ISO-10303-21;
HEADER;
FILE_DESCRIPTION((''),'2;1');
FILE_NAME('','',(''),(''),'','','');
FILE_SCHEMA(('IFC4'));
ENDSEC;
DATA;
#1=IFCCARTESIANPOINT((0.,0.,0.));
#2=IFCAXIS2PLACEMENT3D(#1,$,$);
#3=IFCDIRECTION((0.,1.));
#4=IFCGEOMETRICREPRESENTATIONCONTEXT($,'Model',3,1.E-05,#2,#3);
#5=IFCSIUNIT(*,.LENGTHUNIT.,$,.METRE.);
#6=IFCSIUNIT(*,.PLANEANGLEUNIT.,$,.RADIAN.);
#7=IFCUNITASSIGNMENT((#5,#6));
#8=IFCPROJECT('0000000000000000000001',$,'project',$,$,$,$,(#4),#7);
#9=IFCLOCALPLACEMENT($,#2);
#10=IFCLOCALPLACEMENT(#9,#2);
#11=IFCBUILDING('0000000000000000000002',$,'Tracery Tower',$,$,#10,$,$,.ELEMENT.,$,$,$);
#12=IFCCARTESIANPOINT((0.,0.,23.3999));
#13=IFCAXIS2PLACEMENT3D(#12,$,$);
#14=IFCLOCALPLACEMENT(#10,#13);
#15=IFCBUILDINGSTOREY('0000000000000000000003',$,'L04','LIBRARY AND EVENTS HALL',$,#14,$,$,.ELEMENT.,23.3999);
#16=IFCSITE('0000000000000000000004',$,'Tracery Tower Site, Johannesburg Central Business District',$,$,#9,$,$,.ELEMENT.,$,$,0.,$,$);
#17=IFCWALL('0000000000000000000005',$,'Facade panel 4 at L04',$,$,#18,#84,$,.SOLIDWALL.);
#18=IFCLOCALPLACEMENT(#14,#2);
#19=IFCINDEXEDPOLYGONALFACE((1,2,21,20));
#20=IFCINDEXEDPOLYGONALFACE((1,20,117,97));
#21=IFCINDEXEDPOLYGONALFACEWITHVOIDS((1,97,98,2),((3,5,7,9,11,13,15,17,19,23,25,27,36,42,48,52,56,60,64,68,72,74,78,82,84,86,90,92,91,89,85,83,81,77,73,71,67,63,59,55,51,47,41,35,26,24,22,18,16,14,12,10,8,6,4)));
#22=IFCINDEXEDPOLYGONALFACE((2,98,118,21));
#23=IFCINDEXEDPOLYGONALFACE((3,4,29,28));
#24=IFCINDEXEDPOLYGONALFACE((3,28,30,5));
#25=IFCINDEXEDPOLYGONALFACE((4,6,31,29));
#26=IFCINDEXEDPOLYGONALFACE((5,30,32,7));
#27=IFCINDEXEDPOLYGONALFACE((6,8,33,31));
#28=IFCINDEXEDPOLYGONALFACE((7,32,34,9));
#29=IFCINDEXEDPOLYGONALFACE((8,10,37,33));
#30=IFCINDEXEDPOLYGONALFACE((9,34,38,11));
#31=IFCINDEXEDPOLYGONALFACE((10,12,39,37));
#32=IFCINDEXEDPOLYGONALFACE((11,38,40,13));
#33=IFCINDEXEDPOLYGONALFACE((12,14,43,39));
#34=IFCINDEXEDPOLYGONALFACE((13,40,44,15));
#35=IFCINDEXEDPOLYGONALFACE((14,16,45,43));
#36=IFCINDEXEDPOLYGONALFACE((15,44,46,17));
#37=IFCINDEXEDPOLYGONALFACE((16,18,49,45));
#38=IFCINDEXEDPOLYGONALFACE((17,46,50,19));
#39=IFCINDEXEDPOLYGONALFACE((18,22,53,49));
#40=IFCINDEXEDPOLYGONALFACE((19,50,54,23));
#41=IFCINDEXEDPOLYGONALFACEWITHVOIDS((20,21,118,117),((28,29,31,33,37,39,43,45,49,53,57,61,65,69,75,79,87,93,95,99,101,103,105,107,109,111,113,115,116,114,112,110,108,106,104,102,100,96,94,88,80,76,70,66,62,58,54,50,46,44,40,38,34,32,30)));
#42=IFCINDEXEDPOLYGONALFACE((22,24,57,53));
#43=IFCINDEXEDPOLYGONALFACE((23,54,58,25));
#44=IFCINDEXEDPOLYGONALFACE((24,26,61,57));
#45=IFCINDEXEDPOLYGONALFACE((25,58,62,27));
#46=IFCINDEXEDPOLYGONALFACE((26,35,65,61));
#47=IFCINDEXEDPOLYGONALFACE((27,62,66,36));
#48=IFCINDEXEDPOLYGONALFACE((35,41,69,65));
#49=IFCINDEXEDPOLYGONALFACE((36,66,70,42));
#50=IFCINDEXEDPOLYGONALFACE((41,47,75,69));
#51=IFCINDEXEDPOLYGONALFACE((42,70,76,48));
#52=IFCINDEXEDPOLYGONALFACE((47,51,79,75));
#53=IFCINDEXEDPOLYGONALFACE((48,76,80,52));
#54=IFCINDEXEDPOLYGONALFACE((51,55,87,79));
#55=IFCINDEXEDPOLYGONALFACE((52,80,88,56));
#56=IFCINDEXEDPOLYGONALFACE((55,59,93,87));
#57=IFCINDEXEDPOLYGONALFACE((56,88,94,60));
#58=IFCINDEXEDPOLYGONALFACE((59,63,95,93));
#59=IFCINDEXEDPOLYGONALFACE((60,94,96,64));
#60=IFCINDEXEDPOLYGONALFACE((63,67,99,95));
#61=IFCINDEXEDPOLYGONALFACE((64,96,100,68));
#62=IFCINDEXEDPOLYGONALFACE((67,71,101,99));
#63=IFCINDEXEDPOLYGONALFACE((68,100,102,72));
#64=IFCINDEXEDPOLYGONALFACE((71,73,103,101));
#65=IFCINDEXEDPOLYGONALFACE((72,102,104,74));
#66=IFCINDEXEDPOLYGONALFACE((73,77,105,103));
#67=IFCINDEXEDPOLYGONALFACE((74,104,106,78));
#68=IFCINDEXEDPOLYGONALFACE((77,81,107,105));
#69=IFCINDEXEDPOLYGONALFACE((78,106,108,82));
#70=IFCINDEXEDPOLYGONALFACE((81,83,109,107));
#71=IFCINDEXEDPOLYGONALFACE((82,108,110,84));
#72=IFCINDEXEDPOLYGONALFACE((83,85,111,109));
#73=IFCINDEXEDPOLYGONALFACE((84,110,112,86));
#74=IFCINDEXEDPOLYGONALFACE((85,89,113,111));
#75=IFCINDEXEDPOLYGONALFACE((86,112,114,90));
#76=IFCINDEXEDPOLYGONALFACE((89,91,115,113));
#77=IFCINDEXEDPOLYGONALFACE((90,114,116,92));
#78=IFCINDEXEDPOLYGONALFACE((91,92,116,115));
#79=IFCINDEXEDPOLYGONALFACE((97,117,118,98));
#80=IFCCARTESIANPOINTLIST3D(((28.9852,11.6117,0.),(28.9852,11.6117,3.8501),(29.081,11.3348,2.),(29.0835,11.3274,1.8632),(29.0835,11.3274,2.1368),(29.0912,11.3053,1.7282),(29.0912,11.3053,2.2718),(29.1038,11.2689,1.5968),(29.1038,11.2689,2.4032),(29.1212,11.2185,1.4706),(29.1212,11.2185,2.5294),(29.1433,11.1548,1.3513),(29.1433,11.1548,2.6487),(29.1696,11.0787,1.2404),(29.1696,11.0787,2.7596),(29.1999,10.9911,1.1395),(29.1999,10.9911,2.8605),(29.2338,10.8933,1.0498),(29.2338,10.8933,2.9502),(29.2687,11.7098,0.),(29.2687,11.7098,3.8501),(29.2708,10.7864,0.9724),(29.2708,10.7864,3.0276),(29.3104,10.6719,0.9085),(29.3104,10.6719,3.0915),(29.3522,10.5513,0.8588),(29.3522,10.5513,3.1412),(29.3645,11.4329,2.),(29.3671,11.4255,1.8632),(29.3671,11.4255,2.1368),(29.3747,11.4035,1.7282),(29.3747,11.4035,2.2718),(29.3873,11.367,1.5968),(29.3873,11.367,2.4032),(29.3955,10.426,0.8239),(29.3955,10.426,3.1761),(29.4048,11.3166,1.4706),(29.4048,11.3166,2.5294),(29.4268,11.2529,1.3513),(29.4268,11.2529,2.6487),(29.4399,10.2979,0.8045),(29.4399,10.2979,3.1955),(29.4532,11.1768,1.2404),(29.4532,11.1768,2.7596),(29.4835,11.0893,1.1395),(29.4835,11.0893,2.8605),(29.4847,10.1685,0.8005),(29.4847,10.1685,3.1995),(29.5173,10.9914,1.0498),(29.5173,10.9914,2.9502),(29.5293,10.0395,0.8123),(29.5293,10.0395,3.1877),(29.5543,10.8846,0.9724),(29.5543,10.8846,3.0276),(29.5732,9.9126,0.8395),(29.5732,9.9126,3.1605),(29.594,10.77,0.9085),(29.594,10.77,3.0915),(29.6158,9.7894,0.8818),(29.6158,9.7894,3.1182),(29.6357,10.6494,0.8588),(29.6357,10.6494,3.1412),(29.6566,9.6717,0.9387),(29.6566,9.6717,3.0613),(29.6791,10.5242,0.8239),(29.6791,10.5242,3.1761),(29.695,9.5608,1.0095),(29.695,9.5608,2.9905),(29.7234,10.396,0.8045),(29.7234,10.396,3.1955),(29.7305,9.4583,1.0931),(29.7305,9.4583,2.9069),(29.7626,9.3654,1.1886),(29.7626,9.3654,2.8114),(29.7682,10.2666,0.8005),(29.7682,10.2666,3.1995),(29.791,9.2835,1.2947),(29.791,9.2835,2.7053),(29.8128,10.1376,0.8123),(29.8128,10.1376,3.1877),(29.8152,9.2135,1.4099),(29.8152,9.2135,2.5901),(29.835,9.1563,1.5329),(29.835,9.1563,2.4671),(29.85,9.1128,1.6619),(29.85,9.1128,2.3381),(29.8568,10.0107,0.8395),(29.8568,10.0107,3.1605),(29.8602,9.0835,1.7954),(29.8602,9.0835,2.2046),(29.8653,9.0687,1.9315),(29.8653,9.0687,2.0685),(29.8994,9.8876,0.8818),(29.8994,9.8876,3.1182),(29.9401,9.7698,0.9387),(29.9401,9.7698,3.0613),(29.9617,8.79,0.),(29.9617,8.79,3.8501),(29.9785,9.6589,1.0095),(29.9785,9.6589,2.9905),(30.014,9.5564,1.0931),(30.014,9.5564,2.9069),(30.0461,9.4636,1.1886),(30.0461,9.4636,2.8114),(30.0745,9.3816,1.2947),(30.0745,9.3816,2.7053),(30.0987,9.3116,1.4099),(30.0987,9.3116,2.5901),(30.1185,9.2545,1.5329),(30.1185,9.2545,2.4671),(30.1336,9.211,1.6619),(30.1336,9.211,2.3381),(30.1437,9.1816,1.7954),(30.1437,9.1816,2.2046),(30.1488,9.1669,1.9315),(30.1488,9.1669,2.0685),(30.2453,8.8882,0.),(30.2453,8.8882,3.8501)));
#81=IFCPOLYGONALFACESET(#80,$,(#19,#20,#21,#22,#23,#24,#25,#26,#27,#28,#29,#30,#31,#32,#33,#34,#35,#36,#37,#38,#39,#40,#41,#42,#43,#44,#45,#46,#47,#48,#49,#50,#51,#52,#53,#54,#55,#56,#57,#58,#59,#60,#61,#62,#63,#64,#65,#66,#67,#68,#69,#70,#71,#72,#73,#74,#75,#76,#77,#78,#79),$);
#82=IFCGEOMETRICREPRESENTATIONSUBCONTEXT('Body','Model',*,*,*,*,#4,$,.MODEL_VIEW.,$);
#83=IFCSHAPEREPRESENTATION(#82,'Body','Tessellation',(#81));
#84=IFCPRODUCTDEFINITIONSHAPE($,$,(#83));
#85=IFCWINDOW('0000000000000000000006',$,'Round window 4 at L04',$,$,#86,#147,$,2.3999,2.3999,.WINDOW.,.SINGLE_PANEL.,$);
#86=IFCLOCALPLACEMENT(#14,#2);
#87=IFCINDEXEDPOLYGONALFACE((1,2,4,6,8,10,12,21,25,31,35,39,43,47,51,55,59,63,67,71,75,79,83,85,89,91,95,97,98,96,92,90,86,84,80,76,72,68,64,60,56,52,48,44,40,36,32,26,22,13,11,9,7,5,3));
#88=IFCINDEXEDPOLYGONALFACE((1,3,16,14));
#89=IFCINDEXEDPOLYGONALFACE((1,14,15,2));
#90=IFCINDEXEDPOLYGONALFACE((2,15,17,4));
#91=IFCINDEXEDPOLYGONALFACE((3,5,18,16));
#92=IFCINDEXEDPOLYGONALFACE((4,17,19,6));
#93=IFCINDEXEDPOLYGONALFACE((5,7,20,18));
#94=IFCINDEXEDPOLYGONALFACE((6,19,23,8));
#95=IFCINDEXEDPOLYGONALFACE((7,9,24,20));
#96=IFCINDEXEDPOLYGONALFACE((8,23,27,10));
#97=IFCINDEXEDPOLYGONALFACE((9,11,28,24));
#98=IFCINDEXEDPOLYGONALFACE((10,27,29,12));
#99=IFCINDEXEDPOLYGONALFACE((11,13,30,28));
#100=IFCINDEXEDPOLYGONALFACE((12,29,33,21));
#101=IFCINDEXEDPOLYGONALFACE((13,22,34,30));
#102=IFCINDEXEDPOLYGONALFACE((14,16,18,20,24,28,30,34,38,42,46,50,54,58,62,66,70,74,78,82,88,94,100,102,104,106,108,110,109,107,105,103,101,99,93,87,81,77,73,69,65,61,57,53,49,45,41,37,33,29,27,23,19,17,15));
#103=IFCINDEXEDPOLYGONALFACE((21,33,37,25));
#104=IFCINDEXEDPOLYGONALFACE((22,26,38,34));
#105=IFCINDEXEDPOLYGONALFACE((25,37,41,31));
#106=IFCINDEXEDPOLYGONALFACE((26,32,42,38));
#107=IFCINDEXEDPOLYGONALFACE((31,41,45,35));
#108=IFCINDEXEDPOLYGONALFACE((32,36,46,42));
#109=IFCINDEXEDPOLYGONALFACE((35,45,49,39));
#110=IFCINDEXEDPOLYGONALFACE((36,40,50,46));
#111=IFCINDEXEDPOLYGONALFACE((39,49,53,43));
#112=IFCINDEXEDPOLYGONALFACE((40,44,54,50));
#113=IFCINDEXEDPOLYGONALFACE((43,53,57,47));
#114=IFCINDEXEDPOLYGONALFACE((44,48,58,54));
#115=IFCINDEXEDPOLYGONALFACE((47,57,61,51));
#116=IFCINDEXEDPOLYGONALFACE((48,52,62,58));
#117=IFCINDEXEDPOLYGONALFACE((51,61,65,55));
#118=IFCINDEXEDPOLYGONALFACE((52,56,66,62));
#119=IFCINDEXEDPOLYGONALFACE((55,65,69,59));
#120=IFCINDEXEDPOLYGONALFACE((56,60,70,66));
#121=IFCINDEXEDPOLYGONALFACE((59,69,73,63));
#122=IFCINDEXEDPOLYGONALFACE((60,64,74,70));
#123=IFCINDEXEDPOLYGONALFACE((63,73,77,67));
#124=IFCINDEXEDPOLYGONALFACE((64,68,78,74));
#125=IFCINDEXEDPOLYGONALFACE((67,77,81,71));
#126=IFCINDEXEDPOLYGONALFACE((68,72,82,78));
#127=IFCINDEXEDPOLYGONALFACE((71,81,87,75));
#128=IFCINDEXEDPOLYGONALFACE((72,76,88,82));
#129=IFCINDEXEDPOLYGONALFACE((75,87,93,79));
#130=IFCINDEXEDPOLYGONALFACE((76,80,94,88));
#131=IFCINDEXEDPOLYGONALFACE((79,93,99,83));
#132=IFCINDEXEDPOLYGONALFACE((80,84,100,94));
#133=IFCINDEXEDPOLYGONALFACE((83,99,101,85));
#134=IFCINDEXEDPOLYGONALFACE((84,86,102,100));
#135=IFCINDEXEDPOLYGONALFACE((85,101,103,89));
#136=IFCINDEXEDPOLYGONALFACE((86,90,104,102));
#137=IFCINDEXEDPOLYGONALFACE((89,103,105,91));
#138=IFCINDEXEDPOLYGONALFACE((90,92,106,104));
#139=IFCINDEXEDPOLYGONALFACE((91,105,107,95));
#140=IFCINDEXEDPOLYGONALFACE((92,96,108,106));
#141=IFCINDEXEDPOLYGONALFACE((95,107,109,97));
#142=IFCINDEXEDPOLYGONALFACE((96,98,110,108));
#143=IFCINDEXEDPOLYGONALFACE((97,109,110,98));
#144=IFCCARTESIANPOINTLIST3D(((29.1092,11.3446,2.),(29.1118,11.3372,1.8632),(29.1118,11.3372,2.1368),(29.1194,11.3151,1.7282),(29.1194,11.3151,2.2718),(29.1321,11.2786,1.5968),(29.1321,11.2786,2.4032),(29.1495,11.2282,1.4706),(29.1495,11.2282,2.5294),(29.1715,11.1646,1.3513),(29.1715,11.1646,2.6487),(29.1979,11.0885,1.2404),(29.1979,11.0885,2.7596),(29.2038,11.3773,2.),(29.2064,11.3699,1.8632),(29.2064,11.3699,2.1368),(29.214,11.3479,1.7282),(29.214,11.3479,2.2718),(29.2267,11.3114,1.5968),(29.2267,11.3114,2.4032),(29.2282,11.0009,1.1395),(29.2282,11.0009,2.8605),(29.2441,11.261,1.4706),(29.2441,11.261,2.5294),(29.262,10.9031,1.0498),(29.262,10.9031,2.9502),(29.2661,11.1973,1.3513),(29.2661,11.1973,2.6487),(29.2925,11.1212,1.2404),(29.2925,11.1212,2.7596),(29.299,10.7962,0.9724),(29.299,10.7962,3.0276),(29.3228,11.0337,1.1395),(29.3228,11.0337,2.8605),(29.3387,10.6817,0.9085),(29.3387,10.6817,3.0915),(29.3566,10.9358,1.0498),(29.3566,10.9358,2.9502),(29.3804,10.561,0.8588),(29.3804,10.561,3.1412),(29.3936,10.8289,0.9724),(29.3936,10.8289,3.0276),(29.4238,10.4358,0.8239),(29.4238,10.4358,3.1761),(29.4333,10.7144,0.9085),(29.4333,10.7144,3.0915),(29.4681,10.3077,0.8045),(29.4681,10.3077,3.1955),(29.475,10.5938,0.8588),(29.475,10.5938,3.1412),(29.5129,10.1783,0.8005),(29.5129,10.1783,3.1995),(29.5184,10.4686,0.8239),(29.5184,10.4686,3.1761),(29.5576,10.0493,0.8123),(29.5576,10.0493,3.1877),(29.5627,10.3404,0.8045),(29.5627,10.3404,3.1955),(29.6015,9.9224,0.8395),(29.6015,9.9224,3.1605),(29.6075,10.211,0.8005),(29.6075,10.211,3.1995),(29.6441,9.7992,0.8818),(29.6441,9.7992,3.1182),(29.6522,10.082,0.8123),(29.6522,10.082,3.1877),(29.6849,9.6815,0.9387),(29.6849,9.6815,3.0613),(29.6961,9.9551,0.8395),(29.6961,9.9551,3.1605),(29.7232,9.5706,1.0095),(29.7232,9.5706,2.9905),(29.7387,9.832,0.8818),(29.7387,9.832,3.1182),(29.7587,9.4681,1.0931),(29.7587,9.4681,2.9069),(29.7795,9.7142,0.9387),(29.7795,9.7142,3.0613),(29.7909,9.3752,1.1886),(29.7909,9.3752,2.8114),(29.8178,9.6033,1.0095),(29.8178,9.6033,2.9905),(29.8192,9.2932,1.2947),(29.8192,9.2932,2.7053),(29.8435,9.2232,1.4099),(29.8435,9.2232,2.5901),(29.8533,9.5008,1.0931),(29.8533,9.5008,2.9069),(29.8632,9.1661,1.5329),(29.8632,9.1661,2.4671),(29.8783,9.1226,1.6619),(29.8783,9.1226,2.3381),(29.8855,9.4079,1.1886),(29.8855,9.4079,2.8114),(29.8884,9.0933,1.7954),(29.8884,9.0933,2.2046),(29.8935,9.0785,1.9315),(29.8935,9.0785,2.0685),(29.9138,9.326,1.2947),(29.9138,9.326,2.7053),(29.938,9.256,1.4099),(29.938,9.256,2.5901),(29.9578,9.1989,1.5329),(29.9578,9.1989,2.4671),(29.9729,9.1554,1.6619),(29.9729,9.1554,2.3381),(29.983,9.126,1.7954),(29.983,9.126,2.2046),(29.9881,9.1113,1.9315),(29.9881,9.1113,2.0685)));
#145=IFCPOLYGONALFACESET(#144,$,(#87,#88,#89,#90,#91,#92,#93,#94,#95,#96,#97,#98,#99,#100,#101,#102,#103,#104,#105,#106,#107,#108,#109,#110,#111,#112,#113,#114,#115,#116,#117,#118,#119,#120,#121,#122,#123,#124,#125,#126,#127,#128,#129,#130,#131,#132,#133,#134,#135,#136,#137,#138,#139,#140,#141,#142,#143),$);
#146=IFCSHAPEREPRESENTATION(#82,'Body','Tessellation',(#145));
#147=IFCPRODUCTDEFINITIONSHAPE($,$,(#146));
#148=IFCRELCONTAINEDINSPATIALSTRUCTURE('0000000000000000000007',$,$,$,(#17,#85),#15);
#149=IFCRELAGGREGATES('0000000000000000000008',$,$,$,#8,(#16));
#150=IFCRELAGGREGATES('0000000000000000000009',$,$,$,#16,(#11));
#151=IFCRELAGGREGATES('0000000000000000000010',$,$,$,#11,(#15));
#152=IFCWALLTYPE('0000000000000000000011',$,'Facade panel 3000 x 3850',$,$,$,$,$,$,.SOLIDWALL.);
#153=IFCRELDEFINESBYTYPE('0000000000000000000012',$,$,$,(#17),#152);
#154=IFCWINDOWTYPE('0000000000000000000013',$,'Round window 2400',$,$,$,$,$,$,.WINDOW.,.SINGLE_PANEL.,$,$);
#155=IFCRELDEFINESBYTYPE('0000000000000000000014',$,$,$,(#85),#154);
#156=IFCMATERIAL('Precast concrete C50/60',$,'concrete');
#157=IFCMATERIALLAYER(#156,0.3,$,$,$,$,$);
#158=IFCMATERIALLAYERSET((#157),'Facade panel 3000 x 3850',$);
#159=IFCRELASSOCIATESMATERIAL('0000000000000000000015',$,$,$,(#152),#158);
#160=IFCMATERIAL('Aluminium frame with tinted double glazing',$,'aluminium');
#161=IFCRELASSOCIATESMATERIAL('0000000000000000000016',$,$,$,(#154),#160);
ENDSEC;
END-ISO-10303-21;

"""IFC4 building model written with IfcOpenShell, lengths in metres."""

from ifc_helpers import new_model, si_unit, direction, frame, frame_2d, origin, origin_2d, place, context, subcontext, project, spatial, rectangle, circle, extrude, material, layer, layer_set, type_object, element, fill, save


model = new_model("IFC4")

# Units and contexts
model_context = context("Model", 3, precision=1e-05, world=origin(), true_north=direction((0.0, 1.0)))
body_context = subcontext(model_context, "Body", "Model", "MODEL_VIEW")
ifc_project = project(units=[si_unit("LENGTHUNIT", "METRE"), si_unit("PLANEANGLEUNIT", "RADIAN")], contexts=[model_context])

# Site, building, storey
site_placement = place(None, origin())
site = spatial("IfcSite", under=ifc_project, at=site_placement, Name="Tracery Tower Site, Johannesburg Central Business District", CompositionType="ELEMENT", RefElevation=0.0)
building_placement = place(site_placement, origin())
building = spatial("IfcBuilding", under=site, at=building_placement, Name="Tracery Tower", CompositionType="ELEMENT")
storey_placement = place(building_placement, frame((0.0, 0.0, 23.3999)))
storey = spatial("IfcBuildingStorey", under=building, at=storey_placement, Name="L04", Description="LIBRARY AND EVENTS HALL", CompositionType="ELEMENT", Elevation=23.3999)

# Wall, opening, window
ifc_material_1 = material(Name="Precast concrete C50/60", Category="concrete")
ifc_layer_1 = layer(ifc_material_1, 0.3)
ifc_layer_set_1 = layer_set([ifc_layer_1], Name="Facade panel 3000 x 3850")
wall_type_1 = type_object("IfcWallType", Name="Facade panel 3000 x 3850", PredefinedType="SOLIDWALL", material=ifc_layer_set_1)
ifc_material_2 = material(Name="Aluminium frame with tinted double glazing", Category="aluminium")
window_type = type_object("IfcWindowType", Name="Round window 2400", PartitioningType="SINGLE_PANEL", PredefinedType="WINDOW", material=ifc_material_2)
wall_1_placement = place(storey_placement, frame((30.1035, 8.8391, 0.0), z_axis=(0.0, 0.0, 1.0), x_axis=(-0.327074, 0.944999, 0.0)))
wall_1 = element("IfcWall", 1, at=wall_1_placement, inside=storey, type_object=wall_type_1, Name="Facade panel 4 at L04", PredefinedType="SOLIDWALL", context=body_context, shape_type="SweptSolid", body=[
    extrude(rectangle(XDim=2.9858, YDim=0.3, at=frame_2d((1.4929, 0.0))), origin(), (0.0, 0.0, 1.0), 3.8501),
])
opening_1_placement = place(wall_1_placement, frame((1.4929, 0.0, 2.0)))
opening_1 = element("IfcOpeningElement", 2, at=opening_1_placement, cuts=wall_1, PredefinedType="OPENING", context=body_context, shape_type="SweptSolid", body=[
    extrude(circle(Radius=1.2, at=origin_2d()), frame((0.0, 0.1599, 0.0), z_axis=(0.0, -1.0, 0.0), x_axis=(1.0, 0.0, 0.0)), (0.0, 0.0, 1.0), 0.3201),
])
window_1_placement = place(opening_1_placement, origin())
window_1 = element("IfcWindow", 3, at=window_1_placement, inside=storey, type_object=window_type, Name="Round window 4 at L04", OverallHeight=2.3999, OverallWidth=2.3999, PartitioningType="SINGLE_PANEL", PredefinedType="WINDOW", context=body_context, shape_type="SweptSolid", body=[
    extrude(circle(Radius=1.2, at=origin_2d()), frame((0.0, 0.1201, 0.0), z_axis=(0.0, -1.0, 0.0), x_axis=(1.0, 0.0, 0.0)), (0.0, 0.0, 1.0), 0.1001),
])
fill(opening_1, window_1)

save(model, "model.ifc")
